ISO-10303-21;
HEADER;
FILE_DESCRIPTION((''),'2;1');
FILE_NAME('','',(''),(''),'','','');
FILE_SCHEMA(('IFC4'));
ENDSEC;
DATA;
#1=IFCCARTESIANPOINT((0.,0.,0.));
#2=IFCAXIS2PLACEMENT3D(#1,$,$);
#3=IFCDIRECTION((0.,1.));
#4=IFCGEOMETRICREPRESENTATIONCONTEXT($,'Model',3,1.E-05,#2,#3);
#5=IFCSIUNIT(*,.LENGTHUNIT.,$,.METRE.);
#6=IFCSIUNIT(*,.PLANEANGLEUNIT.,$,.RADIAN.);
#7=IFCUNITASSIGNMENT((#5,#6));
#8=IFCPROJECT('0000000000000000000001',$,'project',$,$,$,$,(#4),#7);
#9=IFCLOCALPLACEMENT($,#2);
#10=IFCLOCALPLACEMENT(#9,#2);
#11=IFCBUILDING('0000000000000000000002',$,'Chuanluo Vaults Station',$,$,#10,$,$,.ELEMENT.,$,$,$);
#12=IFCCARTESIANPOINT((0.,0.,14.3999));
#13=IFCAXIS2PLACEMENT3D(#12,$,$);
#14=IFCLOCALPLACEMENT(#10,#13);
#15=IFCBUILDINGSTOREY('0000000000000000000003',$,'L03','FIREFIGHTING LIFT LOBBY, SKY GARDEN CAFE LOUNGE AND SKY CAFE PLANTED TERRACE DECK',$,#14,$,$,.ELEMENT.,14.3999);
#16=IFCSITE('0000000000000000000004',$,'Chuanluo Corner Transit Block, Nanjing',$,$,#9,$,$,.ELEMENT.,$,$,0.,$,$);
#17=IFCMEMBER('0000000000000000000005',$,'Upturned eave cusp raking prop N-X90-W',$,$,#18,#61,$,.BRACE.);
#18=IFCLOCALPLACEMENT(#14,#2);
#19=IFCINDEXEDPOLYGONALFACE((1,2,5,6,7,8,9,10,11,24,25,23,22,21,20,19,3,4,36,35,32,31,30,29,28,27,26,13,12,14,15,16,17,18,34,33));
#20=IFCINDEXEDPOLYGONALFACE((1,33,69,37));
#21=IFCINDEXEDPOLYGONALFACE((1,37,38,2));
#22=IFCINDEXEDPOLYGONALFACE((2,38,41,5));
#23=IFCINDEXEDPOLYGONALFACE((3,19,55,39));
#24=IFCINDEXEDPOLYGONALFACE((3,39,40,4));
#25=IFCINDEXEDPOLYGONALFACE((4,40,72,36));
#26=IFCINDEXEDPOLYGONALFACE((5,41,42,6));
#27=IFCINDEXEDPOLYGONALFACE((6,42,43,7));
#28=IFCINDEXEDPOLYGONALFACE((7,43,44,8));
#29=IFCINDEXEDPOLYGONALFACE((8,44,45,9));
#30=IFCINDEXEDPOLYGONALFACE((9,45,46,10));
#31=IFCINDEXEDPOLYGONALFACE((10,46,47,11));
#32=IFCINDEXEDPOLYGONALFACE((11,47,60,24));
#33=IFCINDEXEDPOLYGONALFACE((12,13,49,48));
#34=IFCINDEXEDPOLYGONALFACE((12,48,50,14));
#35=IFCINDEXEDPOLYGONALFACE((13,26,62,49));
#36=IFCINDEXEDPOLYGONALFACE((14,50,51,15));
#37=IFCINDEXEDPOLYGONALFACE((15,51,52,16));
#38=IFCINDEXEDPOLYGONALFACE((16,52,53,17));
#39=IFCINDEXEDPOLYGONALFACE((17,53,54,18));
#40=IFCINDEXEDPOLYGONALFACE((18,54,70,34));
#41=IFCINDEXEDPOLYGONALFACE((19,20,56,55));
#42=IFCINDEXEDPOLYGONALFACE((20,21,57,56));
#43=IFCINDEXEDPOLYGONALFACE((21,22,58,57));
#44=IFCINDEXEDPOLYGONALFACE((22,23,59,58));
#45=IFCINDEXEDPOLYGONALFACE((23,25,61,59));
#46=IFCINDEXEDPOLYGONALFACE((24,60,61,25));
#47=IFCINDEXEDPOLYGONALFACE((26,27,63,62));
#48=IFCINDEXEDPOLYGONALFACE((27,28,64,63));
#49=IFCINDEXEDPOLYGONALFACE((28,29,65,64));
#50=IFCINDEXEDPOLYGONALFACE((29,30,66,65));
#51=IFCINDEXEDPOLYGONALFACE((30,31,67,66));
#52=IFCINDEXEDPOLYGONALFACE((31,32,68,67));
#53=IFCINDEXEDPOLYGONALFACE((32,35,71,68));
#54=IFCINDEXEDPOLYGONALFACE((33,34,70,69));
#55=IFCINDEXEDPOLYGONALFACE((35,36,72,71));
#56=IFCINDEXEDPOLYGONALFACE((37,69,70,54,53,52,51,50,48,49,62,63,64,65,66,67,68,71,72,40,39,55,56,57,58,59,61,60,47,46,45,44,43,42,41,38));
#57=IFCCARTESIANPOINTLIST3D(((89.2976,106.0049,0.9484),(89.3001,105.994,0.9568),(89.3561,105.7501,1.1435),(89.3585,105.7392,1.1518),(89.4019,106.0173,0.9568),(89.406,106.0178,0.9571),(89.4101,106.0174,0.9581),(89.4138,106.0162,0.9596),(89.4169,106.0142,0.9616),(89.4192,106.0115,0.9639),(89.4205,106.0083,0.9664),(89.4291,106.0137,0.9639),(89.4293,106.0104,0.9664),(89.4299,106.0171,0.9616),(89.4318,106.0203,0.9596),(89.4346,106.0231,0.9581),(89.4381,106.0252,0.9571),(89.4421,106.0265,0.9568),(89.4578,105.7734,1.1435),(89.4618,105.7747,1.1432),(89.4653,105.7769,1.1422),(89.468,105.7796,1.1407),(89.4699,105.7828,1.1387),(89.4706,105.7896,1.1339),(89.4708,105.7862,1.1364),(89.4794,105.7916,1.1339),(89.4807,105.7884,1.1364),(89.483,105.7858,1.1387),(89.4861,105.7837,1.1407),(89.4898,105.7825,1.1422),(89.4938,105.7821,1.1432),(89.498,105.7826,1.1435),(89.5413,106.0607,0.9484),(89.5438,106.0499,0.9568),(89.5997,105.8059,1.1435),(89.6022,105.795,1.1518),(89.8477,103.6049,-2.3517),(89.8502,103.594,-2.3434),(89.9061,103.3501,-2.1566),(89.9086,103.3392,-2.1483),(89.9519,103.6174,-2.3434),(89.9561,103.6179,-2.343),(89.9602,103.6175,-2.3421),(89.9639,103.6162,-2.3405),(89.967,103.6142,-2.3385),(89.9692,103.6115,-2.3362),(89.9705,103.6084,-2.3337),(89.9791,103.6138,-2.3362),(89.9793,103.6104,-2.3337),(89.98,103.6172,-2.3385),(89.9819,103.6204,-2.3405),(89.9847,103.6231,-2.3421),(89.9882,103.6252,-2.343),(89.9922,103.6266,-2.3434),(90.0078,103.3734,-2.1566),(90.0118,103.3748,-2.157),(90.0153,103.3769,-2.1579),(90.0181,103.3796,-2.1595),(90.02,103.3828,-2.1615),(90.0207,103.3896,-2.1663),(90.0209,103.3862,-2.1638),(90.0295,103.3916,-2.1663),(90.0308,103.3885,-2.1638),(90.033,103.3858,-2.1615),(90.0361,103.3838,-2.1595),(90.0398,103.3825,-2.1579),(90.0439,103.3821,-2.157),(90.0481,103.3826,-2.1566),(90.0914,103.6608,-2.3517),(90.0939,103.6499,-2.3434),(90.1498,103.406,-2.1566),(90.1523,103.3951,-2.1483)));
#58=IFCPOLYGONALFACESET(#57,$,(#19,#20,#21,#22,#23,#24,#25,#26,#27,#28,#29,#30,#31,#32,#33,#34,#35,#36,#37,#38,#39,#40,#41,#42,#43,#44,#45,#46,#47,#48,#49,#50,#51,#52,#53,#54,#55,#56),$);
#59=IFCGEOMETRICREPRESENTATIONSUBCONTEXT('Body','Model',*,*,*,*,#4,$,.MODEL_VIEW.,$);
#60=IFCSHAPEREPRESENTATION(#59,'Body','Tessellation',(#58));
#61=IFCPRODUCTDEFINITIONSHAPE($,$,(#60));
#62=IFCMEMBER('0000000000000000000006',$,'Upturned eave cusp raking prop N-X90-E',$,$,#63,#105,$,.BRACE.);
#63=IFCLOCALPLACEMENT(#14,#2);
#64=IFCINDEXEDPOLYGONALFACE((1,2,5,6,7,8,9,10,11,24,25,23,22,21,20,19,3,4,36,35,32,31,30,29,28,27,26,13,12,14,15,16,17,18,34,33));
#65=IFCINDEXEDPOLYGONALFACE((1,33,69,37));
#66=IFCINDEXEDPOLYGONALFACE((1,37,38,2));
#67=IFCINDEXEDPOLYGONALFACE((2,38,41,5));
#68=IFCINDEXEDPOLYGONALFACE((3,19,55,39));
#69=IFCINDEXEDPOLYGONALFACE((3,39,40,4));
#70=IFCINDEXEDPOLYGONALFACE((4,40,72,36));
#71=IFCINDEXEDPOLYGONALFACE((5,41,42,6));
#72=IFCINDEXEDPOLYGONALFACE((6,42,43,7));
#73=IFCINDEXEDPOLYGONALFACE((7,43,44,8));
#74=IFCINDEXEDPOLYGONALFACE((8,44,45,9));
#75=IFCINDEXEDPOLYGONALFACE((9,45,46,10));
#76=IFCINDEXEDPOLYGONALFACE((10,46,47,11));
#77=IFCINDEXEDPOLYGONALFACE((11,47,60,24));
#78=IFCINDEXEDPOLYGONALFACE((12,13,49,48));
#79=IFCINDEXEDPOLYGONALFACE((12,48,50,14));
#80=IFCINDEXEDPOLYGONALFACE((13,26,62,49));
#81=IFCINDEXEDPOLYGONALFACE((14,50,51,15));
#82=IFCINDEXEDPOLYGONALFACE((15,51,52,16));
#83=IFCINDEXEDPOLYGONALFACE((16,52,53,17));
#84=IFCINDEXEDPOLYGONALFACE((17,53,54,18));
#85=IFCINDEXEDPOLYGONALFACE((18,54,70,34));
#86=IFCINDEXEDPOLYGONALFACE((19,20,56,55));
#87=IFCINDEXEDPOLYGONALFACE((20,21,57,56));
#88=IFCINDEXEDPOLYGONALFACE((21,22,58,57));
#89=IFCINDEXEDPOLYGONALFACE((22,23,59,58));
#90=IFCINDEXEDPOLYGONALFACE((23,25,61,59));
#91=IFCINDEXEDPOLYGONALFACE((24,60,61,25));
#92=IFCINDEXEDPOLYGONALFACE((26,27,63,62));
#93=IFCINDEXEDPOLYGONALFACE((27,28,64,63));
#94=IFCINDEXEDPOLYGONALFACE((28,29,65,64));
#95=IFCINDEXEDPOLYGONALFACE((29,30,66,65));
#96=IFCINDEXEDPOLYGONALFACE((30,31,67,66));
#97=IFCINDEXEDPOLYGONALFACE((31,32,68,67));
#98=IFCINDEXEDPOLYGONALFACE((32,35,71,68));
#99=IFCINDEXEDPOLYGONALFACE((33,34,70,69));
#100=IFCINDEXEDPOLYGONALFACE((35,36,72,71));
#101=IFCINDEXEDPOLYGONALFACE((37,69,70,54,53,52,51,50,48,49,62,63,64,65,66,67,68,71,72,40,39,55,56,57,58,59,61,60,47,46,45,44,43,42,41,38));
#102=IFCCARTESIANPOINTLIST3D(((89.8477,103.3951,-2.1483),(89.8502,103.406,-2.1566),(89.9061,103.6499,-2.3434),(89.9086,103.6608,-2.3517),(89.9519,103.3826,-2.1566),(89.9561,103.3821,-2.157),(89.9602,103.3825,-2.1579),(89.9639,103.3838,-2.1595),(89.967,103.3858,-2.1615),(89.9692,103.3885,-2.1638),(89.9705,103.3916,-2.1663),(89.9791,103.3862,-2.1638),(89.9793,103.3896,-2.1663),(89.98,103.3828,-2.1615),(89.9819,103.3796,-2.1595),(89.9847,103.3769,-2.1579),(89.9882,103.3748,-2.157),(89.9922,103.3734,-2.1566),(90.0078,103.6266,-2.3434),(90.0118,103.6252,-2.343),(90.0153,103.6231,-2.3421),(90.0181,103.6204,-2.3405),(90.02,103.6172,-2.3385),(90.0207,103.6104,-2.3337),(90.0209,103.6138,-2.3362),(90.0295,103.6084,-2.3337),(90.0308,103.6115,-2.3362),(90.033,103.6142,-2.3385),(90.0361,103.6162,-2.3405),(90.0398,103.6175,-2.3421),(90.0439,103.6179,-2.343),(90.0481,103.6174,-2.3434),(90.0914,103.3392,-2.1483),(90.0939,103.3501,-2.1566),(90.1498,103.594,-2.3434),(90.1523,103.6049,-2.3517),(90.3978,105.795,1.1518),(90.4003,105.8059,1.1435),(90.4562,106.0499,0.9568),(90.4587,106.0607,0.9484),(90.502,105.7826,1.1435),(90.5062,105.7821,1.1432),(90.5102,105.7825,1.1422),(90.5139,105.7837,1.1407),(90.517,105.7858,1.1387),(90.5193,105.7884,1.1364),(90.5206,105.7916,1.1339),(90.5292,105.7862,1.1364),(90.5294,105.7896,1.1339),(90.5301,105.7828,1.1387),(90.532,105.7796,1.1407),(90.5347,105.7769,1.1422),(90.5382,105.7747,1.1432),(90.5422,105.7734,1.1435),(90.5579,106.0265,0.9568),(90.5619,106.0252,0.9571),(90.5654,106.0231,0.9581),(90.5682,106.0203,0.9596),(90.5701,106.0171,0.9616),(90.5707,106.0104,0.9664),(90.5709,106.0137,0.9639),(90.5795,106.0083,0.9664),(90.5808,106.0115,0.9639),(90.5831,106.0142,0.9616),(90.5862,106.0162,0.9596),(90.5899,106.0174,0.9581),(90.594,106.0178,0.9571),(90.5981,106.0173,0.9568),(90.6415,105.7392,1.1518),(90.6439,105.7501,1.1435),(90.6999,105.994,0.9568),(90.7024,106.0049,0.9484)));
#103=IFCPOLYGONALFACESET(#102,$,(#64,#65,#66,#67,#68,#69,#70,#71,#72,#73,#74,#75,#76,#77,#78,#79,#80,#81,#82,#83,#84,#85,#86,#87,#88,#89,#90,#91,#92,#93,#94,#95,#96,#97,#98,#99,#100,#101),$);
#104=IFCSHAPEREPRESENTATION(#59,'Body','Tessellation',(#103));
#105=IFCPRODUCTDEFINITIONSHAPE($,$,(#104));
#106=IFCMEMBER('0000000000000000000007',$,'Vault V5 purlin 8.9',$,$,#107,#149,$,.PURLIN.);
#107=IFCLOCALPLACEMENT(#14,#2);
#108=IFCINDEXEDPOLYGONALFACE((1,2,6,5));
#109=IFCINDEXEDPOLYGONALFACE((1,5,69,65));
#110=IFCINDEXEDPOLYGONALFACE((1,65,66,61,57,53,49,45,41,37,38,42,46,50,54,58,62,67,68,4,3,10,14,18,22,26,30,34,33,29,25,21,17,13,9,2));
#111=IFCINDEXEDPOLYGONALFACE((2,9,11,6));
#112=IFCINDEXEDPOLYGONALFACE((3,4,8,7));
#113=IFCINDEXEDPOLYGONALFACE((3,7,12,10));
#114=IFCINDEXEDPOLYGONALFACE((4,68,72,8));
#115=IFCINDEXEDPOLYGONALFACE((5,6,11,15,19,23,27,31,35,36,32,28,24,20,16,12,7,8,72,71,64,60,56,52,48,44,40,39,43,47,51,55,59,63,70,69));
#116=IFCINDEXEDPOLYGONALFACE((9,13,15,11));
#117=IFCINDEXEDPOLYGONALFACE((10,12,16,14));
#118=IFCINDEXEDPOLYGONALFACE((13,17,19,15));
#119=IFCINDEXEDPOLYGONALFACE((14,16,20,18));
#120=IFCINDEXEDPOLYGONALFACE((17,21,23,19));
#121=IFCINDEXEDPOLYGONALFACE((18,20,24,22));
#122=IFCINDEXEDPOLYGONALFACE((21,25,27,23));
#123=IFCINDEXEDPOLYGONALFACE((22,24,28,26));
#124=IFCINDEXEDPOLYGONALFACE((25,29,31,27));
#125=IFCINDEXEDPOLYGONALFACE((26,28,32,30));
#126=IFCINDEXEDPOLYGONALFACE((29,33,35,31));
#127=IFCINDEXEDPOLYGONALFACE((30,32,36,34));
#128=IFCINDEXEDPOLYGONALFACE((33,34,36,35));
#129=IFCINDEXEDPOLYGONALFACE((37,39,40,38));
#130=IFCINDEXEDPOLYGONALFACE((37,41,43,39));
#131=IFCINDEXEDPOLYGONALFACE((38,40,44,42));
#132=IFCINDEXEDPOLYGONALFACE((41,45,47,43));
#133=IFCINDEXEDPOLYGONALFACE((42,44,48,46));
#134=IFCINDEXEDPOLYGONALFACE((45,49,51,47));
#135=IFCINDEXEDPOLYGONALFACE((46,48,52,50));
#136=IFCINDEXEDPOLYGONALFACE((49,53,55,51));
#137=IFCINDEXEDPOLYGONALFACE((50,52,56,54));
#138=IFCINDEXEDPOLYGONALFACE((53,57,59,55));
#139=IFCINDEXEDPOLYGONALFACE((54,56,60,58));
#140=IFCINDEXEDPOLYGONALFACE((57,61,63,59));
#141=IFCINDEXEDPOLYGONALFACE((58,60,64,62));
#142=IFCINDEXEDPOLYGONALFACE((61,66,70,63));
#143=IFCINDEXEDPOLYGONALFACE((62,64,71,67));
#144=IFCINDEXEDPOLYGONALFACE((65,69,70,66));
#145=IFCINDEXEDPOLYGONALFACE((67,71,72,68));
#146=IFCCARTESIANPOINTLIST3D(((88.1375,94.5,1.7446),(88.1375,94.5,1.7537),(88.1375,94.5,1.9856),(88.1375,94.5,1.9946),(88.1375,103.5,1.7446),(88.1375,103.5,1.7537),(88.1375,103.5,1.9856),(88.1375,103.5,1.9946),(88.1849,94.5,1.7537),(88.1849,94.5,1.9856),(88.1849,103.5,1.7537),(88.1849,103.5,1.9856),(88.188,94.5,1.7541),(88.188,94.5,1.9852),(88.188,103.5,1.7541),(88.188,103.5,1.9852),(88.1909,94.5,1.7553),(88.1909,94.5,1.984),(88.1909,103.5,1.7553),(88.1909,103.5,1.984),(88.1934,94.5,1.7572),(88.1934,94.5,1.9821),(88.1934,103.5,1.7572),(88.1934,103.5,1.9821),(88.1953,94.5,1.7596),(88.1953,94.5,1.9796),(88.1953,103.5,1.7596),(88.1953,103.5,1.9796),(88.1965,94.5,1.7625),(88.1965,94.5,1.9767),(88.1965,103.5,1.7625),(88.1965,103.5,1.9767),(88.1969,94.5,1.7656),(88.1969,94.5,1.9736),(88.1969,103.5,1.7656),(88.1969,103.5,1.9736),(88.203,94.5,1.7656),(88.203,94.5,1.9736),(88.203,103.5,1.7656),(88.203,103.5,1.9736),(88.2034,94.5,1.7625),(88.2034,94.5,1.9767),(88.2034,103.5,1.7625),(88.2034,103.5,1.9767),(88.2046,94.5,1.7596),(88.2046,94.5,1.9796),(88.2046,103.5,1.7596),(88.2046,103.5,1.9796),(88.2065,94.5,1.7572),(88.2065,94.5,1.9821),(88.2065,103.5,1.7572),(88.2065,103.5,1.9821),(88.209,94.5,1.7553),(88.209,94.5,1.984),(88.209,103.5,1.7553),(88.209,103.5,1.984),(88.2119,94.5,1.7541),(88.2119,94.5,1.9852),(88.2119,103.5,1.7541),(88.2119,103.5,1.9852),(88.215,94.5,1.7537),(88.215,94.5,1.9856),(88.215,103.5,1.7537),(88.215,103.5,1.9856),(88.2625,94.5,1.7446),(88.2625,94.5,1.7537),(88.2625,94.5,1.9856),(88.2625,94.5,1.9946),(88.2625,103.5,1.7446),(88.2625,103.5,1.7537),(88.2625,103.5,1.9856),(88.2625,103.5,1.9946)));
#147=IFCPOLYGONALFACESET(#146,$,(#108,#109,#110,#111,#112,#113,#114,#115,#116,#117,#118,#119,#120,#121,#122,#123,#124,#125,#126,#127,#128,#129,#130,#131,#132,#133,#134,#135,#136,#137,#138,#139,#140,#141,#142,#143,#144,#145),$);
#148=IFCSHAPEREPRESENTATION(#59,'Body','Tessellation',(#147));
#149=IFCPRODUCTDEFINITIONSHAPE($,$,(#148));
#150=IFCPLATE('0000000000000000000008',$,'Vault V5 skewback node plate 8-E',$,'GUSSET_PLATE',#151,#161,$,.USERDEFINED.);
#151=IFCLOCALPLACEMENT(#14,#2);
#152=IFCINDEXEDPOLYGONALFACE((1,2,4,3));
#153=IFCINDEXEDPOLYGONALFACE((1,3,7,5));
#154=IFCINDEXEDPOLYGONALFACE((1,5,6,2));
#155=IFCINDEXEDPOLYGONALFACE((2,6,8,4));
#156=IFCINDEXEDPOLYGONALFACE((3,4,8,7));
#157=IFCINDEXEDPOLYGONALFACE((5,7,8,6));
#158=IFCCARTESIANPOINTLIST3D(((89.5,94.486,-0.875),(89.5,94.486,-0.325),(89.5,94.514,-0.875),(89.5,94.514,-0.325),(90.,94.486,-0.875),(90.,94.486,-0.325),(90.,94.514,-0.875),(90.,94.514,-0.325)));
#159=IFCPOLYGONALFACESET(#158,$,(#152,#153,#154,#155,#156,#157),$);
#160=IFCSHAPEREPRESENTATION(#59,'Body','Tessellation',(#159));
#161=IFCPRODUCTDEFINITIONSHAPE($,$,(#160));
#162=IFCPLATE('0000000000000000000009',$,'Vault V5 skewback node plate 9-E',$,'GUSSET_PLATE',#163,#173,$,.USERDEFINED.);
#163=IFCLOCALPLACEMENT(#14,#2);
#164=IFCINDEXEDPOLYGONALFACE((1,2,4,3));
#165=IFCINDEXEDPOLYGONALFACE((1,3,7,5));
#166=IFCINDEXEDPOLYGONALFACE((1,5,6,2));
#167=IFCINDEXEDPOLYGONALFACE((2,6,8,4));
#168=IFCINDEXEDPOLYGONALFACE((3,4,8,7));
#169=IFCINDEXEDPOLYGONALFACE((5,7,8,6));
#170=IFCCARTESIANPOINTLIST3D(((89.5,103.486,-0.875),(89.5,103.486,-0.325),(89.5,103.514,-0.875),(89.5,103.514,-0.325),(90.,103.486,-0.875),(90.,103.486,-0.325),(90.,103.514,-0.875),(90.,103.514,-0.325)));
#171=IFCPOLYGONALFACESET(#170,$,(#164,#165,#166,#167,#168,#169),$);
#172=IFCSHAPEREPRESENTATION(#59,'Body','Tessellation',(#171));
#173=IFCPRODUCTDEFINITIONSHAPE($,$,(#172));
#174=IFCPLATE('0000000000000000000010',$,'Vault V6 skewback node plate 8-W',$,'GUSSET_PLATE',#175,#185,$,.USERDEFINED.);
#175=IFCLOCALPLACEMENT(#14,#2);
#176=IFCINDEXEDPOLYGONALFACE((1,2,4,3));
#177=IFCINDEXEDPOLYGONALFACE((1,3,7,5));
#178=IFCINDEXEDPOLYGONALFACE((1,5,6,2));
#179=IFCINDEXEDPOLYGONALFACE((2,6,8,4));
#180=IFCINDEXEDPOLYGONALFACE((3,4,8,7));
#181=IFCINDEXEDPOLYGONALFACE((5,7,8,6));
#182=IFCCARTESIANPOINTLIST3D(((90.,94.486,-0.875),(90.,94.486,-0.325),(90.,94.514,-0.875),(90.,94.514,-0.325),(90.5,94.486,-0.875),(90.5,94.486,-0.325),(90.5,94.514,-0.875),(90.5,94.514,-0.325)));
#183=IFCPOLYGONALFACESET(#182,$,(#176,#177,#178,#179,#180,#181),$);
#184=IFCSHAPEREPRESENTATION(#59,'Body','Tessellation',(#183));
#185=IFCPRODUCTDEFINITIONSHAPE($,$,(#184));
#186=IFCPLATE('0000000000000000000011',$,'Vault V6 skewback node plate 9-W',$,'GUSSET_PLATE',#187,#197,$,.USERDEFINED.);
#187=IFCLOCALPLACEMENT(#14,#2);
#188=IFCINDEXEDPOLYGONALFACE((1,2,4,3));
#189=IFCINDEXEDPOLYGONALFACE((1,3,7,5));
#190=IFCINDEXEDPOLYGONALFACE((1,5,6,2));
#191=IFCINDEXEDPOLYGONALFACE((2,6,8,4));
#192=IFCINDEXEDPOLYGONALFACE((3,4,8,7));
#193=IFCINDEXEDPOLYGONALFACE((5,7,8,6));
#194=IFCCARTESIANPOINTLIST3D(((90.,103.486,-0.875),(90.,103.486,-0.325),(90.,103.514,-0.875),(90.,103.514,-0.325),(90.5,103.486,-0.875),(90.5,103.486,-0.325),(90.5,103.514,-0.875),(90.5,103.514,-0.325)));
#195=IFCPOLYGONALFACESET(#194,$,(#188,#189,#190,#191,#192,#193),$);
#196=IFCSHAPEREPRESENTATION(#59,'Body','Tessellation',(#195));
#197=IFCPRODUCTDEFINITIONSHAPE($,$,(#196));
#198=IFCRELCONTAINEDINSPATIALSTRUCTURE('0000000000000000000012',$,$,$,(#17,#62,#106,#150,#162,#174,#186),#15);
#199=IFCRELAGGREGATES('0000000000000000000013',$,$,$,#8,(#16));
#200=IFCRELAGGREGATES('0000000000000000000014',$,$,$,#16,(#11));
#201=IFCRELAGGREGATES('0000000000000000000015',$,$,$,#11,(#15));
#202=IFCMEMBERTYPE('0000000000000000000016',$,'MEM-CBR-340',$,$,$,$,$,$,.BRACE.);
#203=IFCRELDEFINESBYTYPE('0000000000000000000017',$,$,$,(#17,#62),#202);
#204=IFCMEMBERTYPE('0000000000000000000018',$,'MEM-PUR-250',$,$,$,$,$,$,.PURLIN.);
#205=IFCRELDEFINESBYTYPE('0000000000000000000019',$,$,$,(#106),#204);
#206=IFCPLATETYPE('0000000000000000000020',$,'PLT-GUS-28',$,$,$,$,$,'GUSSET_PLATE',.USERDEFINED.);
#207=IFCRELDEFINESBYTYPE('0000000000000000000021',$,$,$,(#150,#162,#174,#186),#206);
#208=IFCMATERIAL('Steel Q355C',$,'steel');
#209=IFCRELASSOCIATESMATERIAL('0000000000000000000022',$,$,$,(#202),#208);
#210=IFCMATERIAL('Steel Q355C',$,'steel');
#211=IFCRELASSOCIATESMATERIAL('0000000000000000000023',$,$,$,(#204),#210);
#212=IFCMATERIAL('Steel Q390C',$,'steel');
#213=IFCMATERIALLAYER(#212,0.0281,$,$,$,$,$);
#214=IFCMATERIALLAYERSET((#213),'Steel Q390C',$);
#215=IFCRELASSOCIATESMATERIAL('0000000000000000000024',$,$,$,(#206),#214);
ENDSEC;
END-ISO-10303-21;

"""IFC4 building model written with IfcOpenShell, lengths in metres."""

from ifc_helpers import new_model, si_unit, direction, frame, origin, origin_2d, place, context, subcontext, project, spatial, rectangle, i_section, extrude, material, layer, layer_set, material_profile, profile_set, type_object, element, save


model = new_model("IFC4")

# Units and contexts
model_context = context("Model", 3, precision=1e-05, world=origin(), true_north=direction((0.0, 1.0)))
body_context = subcontext(model_context, "Body", "Model", "MODEL_VIEW")
ifc_project = project(units=[si_unit("LENGTHUNIT", "METRE"), si_unit("PLANEANGLEUNIT", "RADIAN")], contexts=[model_context])

# Site, building, storey
site_placement = place(None, origin())
site = spatial("IfcSite", under=ifc_project, at=site_placement, Name="Chuanluo Corner Transit Block, Nanjing", CompositionType="ELEMENT", RefElevation=0.0)
building_placement = place(site_placement, origin())
building = spatial("IfcBuilding", under=site, at=building_placement, Name="Chuanluo Vaults Station", CompositionType="ELEMENT")
storey_placement = place(building_placement, frame((0.0, 0.0, 14.3999)))
storey = spatial("IfcBuildingStorey", under=building, at=storey_placement, Name="L03", Description="FIREFIGHTING LIFT LOBBY, SKY GARDEN CAFE LOUNGE AND SKY CAFE PLANTED TERRACE DECK", CompositionType="ELEMENT", Elevation=14.3999)

# Members
ifc_material_1 = material(Name="Steel Q355C", Category="steel")
ifc_material_profile_1 = material_profile(ifc_material_1, i_section(OverallWidth=0.25, OverallDepth=0.3401, WebThickness=0.009, FlangeThickness=0.0139, FilletRadius=0.0161, at=origin_2d()))
ifc_profile_set_1 = profile_set([ifc_material_profile_1], Name="Steel Q355C")
member_type_1 = type_object("IfcMemberType", Name="MEM-CBR-340", PredefinedType="BRACE", material=ifc_profile_set_1)
for number, where, z_axis, x_axis, name in (
    (1, (90.0, 103.5, -2.25), (-0.133594, 0.582878, 0.801502), (-0.974726, -0.223404, 0.0), "Upturned eave cusp raking prop N-X90-W"),
    (2, (90.0, 103.5, -2.25), (0.133594, 0.582878, 0.801502), (-0.974726, 0.223404, 0.0), "Upturned eave cusp raking prop N-X90-E"),
):
    element("IfcMember", number, at=place(storey_placement, frame(where, z_axis=z_axis, x_axis=x_axis)), inside=storey, type_object=member_type_1, Name=name, PredefinedType="BRACE", context=body_context, shape_type="SweptSolid", body=[
        extrude(i_section(OverallWidth=0.25, OverallDepth=0.3401, WebThickness=0.009, FlangeThickness=0.0139, FilletRadius=0.0161, at=origin_2d()), origin(), (0.0, 0.0, 1.0), 4.1174),
    ])
ifc_material_2 = material(Name="Steel Q355C", Category="steel")
ifc_material_profile_2 = material_profile(ifc_material_2, i_section(OverallWidth=0.125, OverallDepth=0.25, WebThickness=0.0061, FlangeThickness=0.009, FilletRadius=0.012, at=origin_2d()))
ifc_profile_set_2 = profile_set([ifc_material_profile_2], Name="Steel Q355C")
member_type_2 = type_object("IfcMemberType", Name="MEM-PUR-250", PredefinedType="PURLIN", material=ifc_profile_set_2)
member_placement = place(storey_placement, frame((88.2, 94.5, 1.8696), z_axis=(0.0, 1.0, 0.0), x_axis=(-1.0, 0.0, 0.0)))
element("IfcMember", 3, at=member_placement, inside=storey, type_object=member_type_2, Name="Vault V5 purlin 8.9", PredefinedType="PURLIN", context=body_context, shape_type="SweptSolid", body=[
    extrude(i_section(OverallWidth=0.125, OverallDepth=0.25, WebThickness=0.0061, FlangeThickness=0.009, FilletRadius=0.012, at=origin_2d()), origin(), (0.0, 0.0, 1.0), 9.0),
])

# Plates
ifc_material_3 = material(Name="Steel Q390C", Category="steel")
ifc_layer = layer(ifc_material_3, 0.0281)
ifc_layer_set = layer_set([ifc_layer], Name="Steel Q390C")
plate_type = type_object("IfcPlateType", Name="PLT-GUS-28", ElementType="GUSSET_PLATE", PredefinedType="USERDEFINED", material=ifc_layer_set)
for number, where, z_axis, x_axis, name in (
    (4, (89.75, 94.5, -0.875), (0.0, 0.0, 1.0), (1.0, 0.0, 0.0), "Vault V5 skewback node plate 8-E"),
    (5, (89.75, 103.5, -0.875), (0.0, 0.0, 1.0), (1.0, 0.0, 0.0), "Vault V5 skewback node plate 9-E"),
    (6, (90.25, 94.5, -0.875), (0.0, 0.0, 1.0), (1.0, 0.0, 0.0), "Vault V6 skewback node plate 8-W"),
    (7, (90.25, 103.5, -0.875), (0.0, 0.0, 1.0), (1.0, 0.0, 0.0), "Vault V6 skewback node plate 9-W"),
):
    element("IfcPlate", number, at=place(storey_placement, frame(where, z_axis=z_axis, x_axis=x_axis)), inside=storey, type_object=plate_type, Name=name, ObjectType="GUSSET_PLATE", PredefinedType="USERDEFINED", context=body_context, shape_type="SweptSolid", body=[
        extrude(rectangle(XDim=0.5, YDim=0.0281, at=origin_2d()), origin(), (0.0, 0.0, 1.0), 0.55),
    ])

save(model, "model.ifc")
